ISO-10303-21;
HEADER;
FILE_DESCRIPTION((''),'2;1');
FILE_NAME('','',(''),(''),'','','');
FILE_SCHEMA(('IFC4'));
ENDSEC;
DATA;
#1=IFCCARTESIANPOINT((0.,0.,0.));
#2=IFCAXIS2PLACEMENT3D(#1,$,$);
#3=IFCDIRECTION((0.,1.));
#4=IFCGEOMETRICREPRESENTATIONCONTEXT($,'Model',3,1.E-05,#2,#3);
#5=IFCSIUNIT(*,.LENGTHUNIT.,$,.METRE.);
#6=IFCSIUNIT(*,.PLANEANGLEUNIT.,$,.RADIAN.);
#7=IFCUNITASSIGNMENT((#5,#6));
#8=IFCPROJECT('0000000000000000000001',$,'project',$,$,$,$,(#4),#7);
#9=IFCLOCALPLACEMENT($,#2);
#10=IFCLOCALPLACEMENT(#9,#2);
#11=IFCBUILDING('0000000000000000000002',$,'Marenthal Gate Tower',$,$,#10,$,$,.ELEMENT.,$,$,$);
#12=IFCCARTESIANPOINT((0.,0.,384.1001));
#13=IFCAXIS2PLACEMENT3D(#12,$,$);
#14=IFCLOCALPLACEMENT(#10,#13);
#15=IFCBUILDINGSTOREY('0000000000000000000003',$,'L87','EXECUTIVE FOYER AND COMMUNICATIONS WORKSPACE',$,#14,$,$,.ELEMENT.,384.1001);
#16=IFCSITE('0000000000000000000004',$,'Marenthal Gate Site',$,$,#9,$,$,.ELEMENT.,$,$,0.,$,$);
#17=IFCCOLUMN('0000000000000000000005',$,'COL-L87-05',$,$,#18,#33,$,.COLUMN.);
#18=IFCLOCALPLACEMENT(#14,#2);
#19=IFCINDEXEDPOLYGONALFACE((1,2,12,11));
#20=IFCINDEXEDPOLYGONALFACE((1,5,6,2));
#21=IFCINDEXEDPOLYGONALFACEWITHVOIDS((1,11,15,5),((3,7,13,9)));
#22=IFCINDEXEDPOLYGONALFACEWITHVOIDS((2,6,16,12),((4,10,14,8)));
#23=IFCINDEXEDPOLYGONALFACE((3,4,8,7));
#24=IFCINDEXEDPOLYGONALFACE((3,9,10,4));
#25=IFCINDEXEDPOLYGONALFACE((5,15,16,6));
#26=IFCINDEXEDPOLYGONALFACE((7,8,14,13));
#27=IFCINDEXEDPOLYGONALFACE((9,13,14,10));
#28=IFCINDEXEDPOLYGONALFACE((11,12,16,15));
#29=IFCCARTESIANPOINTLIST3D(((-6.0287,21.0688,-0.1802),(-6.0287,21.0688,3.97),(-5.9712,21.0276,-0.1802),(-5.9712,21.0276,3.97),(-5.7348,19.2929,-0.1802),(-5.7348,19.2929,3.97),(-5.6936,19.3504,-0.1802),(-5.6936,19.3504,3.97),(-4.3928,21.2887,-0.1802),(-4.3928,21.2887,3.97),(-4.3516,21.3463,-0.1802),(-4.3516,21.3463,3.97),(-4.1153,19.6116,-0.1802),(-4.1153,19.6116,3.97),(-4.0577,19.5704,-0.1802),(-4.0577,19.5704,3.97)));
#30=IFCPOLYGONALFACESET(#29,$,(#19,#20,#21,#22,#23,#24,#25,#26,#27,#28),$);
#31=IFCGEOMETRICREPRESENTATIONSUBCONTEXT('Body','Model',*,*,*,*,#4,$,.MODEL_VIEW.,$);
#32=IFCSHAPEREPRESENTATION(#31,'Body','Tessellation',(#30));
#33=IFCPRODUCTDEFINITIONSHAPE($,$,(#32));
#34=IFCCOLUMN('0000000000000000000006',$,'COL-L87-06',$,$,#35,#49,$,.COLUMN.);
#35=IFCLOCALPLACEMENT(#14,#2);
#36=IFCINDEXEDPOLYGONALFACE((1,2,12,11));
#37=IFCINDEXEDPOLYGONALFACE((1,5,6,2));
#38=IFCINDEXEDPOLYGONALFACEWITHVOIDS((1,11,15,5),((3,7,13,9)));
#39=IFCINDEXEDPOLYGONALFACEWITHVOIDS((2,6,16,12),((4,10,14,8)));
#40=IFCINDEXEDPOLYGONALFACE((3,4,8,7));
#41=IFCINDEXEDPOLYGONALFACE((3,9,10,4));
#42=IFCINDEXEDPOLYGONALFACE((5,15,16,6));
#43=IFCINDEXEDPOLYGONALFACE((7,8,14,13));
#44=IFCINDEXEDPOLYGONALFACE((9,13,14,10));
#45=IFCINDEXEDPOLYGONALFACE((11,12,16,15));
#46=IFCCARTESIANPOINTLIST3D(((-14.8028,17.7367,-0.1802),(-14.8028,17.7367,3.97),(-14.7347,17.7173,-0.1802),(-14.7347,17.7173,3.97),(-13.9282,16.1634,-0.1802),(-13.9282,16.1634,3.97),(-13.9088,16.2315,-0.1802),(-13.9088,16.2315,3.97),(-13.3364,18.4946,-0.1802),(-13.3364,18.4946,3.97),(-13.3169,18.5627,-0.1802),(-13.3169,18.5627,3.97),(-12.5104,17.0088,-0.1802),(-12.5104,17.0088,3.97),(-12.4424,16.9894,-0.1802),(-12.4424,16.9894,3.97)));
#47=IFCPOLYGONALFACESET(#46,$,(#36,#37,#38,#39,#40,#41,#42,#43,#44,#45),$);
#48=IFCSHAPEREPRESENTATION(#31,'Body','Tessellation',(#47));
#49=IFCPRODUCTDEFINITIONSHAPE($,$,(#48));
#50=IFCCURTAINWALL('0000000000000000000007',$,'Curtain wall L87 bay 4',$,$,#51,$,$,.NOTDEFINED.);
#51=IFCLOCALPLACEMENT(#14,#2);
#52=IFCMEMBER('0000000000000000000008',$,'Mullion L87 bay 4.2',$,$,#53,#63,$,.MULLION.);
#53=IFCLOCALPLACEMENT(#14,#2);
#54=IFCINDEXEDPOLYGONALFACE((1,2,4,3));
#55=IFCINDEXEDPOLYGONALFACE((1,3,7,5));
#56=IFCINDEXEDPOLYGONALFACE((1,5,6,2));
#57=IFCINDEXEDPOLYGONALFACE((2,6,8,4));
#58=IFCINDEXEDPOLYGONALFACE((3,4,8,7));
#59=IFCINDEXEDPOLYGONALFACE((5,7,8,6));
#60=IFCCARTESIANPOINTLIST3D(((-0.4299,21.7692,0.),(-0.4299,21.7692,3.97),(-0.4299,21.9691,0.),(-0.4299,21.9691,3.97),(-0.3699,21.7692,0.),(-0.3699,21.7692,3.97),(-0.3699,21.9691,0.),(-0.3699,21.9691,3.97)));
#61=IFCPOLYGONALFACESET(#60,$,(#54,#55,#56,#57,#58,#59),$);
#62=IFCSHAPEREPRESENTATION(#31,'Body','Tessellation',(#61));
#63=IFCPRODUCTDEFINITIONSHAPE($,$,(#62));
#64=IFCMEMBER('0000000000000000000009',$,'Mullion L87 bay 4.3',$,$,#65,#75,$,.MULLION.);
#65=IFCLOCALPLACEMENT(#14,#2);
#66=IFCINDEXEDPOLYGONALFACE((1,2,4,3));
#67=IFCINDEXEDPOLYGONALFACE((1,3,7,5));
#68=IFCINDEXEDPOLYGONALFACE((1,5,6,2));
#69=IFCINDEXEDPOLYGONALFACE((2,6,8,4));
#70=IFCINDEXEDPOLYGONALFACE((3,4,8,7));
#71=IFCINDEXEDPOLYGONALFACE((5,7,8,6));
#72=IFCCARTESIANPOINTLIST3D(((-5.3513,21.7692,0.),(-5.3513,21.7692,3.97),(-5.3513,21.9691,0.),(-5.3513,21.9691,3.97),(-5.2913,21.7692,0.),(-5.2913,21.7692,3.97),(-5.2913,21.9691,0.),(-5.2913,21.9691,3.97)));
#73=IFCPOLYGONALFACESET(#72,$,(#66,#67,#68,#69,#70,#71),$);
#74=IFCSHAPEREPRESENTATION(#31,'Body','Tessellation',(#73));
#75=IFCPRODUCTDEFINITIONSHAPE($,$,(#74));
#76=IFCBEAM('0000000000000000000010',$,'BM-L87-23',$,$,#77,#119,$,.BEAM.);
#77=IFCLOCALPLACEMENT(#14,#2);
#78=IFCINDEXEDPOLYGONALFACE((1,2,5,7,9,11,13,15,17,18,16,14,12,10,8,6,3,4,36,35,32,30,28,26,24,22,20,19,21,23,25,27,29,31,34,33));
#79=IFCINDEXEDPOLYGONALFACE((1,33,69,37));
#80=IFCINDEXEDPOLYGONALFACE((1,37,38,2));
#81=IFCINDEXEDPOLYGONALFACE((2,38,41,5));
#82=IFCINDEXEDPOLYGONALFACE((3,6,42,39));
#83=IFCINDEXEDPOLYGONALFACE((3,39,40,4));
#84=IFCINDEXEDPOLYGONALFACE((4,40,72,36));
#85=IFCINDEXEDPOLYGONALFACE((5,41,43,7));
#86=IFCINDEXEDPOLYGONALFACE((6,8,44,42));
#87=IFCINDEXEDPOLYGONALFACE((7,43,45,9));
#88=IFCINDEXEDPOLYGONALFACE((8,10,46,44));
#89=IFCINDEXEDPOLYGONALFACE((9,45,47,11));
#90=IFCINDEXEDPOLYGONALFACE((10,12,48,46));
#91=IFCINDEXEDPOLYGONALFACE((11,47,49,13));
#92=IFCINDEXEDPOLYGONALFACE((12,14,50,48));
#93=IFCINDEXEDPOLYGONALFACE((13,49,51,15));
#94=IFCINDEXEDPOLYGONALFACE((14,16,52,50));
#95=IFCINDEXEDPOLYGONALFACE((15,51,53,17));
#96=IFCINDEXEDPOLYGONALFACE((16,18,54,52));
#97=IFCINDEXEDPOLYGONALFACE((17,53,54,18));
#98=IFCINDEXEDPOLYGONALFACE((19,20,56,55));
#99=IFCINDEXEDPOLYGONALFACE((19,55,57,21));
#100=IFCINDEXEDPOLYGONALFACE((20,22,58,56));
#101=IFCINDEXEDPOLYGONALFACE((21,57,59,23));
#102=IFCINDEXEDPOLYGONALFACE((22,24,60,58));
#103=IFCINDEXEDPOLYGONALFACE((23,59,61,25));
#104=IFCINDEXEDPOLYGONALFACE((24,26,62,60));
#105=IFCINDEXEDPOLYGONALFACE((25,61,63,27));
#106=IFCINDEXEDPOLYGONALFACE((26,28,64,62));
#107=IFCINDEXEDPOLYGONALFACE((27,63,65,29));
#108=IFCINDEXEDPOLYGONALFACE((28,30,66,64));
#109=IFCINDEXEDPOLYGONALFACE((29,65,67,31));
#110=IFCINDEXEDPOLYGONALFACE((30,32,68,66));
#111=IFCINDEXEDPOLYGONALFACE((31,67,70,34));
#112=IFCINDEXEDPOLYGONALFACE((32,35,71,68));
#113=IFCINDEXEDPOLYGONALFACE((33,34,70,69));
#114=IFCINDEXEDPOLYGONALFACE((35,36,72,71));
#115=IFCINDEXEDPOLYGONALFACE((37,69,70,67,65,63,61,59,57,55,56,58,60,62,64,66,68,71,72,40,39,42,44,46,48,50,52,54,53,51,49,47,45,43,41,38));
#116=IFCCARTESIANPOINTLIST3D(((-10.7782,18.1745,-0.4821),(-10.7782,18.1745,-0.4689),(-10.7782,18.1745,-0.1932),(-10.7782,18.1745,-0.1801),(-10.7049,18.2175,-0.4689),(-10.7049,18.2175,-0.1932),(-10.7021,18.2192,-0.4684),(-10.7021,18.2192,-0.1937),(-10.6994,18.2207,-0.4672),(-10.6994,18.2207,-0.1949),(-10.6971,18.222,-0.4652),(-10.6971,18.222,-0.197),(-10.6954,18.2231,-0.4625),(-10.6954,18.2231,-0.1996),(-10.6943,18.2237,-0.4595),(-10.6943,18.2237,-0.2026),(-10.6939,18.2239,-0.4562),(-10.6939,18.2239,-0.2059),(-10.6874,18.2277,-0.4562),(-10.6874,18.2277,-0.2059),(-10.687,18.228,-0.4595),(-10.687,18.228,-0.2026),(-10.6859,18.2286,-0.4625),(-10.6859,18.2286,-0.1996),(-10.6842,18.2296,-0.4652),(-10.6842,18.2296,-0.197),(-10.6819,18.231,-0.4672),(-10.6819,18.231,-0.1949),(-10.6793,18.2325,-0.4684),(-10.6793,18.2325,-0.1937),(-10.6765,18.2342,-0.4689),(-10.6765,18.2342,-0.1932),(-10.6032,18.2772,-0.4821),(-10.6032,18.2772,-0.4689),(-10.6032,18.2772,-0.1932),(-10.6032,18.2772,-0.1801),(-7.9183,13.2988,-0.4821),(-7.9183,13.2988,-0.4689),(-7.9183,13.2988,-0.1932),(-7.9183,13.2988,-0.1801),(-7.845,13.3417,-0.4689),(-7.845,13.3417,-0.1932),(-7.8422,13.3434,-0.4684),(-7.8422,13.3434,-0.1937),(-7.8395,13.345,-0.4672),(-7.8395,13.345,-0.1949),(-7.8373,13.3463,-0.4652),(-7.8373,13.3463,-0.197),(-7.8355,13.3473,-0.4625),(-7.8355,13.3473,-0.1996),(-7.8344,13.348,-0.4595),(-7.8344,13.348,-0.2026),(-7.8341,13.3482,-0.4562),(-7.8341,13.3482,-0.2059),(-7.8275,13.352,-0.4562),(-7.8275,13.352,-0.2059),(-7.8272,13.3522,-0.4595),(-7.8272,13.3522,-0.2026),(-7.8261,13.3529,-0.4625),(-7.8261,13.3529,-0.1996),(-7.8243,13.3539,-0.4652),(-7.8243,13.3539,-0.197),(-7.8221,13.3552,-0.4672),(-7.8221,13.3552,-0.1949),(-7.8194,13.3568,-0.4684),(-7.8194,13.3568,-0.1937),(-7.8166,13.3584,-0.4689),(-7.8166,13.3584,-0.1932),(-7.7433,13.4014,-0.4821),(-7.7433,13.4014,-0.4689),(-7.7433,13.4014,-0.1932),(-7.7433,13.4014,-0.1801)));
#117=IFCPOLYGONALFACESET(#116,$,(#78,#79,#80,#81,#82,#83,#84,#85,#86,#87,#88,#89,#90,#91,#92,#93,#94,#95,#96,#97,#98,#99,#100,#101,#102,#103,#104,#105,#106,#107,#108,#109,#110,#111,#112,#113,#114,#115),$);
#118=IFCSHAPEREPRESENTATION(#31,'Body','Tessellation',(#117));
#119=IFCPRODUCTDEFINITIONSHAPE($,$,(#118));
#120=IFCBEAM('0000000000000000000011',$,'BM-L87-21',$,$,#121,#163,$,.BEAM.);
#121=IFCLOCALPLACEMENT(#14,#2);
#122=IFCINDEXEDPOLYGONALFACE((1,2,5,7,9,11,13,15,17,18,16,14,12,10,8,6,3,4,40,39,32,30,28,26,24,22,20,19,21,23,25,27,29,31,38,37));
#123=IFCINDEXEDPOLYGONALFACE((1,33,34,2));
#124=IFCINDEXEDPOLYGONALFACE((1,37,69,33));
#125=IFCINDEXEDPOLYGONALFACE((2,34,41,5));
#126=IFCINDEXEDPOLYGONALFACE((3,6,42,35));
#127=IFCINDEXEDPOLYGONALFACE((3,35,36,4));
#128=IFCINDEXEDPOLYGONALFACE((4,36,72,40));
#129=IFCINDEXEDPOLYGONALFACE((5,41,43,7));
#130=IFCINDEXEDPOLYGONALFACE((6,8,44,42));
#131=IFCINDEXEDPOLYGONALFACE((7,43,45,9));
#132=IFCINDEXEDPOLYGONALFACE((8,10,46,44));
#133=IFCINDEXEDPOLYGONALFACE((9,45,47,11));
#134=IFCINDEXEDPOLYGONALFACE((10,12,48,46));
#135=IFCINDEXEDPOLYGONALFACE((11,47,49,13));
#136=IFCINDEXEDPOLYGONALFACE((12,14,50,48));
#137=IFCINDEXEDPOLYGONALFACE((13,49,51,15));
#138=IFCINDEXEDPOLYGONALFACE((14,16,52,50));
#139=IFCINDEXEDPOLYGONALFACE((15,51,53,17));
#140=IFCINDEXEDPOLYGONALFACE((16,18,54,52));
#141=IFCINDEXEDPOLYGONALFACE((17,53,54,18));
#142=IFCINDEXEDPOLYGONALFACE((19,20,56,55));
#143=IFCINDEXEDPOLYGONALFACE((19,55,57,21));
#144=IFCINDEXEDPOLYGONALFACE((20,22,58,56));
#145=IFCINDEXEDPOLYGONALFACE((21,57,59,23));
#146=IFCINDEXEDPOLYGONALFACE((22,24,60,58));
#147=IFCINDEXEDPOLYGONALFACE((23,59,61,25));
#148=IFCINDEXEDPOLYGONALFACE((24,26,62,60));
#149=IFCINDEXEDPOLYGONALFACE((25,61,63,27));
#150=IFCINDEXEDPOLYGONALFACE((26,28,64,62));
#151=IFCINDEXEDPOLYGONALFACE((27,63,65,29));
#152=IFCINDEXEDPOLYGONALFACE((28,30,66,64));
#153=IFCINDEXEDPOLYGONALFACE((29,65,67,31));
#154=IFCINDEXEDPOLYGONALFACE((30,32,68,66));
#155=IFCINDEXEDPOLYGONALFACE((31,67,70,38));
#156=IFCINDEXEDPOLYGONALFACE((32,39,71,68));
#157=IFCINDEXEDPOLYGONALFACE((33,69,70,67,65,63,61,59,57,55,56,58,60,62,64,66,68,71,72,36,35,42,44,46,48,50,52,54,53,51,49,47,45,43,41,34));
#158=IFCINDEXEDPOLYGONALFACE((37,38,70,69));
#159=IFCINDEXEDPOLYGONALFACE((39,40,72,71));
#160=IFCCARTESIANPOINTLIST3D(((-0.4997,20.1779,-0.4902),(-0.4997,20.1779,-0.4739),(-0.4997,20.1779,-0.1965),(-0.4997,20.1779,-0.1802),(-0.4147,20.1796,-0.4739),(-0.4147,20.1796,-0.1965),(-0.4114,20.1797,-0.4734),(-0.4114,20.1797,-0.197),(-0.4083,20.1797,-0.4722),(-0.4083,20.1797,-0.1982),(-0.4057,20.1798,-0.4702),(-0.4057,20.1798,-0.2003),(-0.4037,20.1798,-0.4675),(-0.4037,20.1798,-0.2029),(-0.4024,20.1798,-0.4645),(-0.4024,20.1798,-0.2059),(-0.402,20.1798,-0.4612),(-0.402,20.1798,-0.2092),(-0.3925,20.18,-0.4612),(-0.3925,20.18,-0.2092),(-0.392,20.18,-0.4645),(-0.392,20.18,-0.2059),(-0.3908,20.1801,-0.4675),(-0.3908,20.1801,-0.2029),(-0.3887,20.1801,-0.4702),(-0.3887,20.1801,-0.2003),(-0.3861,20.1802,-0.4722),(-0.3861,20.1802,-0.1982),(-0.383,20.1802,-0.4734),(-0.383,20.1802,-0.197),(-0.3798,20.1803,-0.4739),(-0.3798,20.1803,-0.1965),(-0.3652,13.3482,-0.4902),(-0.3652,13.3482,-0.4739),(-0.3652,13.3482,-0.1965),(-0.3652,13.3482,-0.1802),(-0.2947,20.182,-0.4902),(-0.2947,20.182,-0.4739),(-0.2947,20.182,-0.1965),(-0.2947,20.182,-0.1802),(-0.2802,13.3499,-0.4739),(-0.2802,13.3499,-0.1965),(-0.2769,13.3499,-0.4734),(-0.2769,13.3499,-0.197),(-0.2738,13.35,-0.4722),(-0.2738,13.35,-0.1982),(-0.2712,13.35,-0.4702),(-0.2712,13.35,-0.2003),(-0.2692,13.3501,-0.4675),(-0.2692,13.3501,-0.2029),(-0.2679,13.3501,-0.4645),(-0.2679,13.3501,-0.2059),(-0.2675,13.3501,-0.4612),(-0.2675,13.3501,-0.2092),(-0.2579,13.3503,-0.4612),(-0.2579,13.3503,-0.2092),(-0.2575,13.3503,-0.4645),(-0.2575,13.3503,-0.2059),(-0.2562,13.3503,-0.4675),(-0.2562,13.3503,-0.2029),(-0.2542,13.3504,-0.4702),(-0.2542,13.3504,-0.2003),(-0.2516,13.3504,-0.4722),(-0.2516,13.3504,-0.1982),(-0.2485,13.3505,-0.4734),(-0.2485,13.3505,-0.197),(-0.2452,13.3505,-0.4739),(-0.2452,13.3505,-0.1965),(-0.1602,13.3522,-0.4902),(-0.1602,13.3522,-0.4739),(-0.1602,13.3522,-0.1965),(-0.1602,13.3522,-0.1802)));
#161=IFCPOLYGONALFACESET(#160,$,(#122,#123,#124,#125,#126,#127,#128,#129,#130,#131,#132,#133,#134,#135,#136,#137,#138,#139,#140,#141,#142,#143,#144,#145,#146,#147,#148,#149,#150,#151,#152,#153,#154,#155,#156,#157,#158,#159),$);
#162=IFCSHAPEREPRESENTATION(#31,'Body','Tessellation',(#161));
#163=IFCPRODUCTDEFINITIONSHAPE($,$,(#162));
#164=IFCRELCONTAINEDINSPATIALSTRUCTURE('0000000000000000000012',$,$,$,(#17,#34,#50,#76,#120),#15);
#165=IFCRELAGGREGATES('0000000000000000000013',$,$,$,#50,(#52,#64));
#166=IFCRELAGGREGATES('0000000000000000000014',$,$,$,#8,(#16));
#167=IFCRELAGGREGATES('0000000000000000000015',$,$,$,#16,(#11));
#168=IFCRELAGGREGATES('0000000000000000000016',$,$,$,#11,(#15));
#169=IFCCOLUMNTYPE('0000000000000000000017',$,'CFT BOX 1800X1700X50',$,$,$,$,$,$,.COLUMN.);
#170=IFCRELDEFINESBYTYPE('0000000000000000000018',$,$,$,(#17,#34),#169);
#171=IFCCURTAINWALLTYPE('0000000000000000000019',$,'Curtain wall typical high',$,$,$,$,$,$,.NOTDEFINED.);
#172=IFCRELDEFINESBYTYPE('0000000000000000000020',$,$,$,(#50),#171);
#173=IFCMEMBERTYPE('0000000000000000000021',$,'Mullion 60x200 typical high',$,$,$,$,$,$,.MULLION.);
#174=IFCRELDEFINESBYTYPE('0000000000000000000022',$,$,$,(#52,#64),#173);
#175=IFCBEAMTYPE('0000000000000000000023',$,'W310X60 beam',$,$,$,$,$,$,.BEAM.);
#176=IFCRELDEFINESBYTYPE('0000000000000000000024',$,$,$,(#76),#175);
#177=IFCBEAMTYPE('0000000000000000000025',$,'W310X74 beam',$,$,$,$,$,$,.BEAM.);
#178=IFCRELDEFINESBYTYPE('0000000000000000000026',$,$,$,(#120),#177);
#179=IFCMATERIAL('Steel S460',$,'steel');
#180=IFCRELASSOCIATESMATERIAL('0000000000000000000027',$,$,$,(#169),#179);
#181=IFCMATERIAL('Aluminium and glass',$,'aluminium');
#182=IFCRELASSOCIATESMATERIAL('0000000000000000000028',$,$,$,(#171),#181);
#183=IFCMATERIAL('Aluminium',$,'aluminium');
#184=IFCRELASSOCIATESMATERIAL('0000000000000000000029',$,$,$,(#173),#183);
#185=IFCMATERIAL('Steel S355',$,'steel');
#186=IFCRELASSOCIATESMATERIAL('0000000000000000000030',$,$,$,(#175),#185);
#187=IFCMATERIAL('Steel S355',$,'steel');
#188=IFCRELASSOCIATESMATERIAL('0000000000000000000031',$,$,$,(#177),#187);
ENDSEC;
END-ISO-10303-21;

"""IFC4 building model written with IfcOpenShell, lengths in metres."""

from ifc_helpers import new_model, si_unit, direction, frame, origin, origin_2d, place, context, subcontext, project, spatial, rectangle, hollow_rectangle, i_section, extrude, material, material_profile, profile_set, type_object, element, aggregate, save


model = new_model("IFC4")

# Units and contexts
model_context = context("Model", 3, precision=1e-05, world=origin(), true_north=direction((0.0, 1.0)))
body_context = subcontext(model_context, "Body", "Model", "MODEL_VIEW")
ifc_project = project(units=[si_unit("LENGTHUNIT", "METRE"), si_unit("PLANEANGLEUNIT", "RADIAN")], contexts=[model_context])

# Site, building, storey
site_placement = place(None, origin())
site = spatial("IfcSite", under=ifc_project, at=site_placement, Name="Marenthal Gate Site", CompositionType="ELEMENT", RefElevation=0.0)
building_placement = place(site_placement, origin())
building = spatial("IfcBuilding", under=site, at=building_placement, Name="Marenthal Gate Tower", CompositionType="ELEMENT")
storey_placement = place(building_placement, frame((0.0, 0.0, 384.1001)))
storey = spatial("IfcBuildingStorey", under=building, at=storey_placement, Name="L87", Description="EXECUTIVE FOYER AND COMMUNICATIONS WORKSPACE", CompositionType="ELEMENT", Elevation=384.1001)

# Columns
ifc_material_1 = material(Name="Steel S460", Category="steel")
ifc_material_profile_1 = material_profile(ifc_material_1, hollow_rectangle(XDim=1.7, YDim=1.8, WallThickness=0.05, at=origin_2d()), Name="CFT BOX 1800X1700X50")
ifc_material_2 = material(Name="Concrete 70 MPa", Category="concrete")
ifc_material_profile_2 = material_profile(ifc_material_2, rectangle(XDim=1.6001, YDim=1.7, at=origin_2d()), Name="CFT BOX 1800X1700X50 INFILL")
ifc_profile_set_1 = profile_set([ifc_material_profile_1, ifc_material_profile_2], Name="Steel S460 shell, Concrete 70 MPa infill")
column_type = type_object("IfcColumnType", Name="CFT BOX 1800X1700X50", PredefinedType="COLUMN", material=ifc_profile_set_1)
for number, where, z_axis, x_axis, name in (
    (1, (-5.0432, 20.3196, -0.1802), (0.0, 0.0, 1.0), (0.986583, 0.163262, 0.0), "COL-L87-05"),
    (2, (-13.6226, 17.363, -0.1802), (0.0, 0.0, 1.0), (0.874037, 0.48586, 0.0), "COL-L87-06"),
):
    element("IfcColumn", number, at=place(storey_placement, frame(where, z_axis=z_axis, x_axis=x_axis)), inside=storey, type_object=column_type, Name=name, PredefinedType="COLUMN", context=body_context, shape_type="SweptSolid", body=[
        extrude(hollow_rectangle(XDim=1.7, YDim=1.8, WallThickness=0.05, at=origin_2d()), origin(), (0.0, 0.0, 1.0), 4.1501),
    ])

# Curtain wall, members
ifc_material_3 = material(Name="Aluminium and glass", Category="aluminium")
curtain_wall_type = type_object("IfcCurtainWallType", Name="Curtain wall typical high", PredefinedType="NOTDEFINED", material=ifc_material_3)
curtain_wall_placement = place(storey_placement, origin())
curtain_wall = element("IfcCurtainWall", 3, at=curtain_wall_placement, inside=storey, type_object=curtain_wall_type, Name="Curtain wall L87 bay 4", PredefinedType="NOTDEFINED")
ifc_material_4 = material(Name="Aluminium", Category="aluminium")
ifc_material_profile_3 = material_profile(ifc_material_4, rectangle(XDim=0.2, YDim=0.0601, at=origin_2d()), Name="60x200 aluminium mullion")
ifc_profile_set_2 = profile_set([ifc_material_profile_3], Name="Aluminium")
member_type = type_object("IfcMemberType", Name="Mullion 60x200 typical high", PredefinedType="MULLION", material=ifc_profile_set_2)
member_1_placement = place(storey_placement, frame((-0.3999, 21.8691, 0.0), z_axis=(0.0, 0.0, 1.0), x_axis=(0.0, -1.0, 0.0)))
member_1 = element("IfcMember", 4, at=member_1_placement, type_object=member_type, Name="Mullion L87 bay 4.2", PredefinedType="MULLION", context=body_context, shape_type="SweptSolid", body=[
    extrude(rectangle(XDim=0.2, YDim=0.0601, at=origin_2d()), origin(), (0.0, 0.0, 1.0), 3.97),
])
member_2_placement = place(storey_placement, frame((-5.3213, 21.8691, 0.0), z_axis=(0.0, 0.0, 1.0), x_axis=(0.0, -1.0, 0.0)))
member_2 = element("IfcMember", 5, at=member_2_placement, type_object=member_type, Name="Mullion L87 bay 4.3", PredefinedType="MULLION", context=body_context, shape_type="SweptSolid", body=[
    extrude(rectangle(XDim=0.2, YDim=0.0601, at=origin_2d()), origin(), (0.0, 0.0, 1.0), 3.97),
])

# Beams
ifc_material_5 = material(Name="Steel S355", Category="steel")
ifc_material_profile_4 = material_profile(ifc_material_5, i_section(OverallWidth=0.2029, OverallDepth=0.302, WebThickness=0.0076, FlangeThickness=0.0132, FilletRadius=0.0127, at=origin_2d()), Name="W310X60")
ifc_profile_set_3 = profile_set([ifc_material_profile_4], Name="Steel S355")
beam_type_1 = type_object("IfcBeamType", Name="W310X60 beam", PredefinedType="BEAM", material=ifc_profile_set_3)
beam_1_placement = place(storey_placement, frame((-10.6907, 18.2258, -0.3311), z_axis=(0.50594, -0.862569, 0.0), x_axis=(0.862569, 0.50594, 0.0)))
element("IfcBeam", 6, at=beam_1_placement, inside=storey, type_object=beam_type_1, Name="BM-L87-23", PredefinedType="BEAM", context=body_context, shape_type="SweptSolid", body=[
    extrude(i_section(OverallWidth=0.2029, OverallDepth=0.302, WebThickness=0.0076, FlangeThickness=0.0132, FilletRadius=0.0127, at=origin_2d()), origin(), (0.0, 0.0, 1.0), 5.6526),
])
ifc_material_6 = material(Name="Steel S355", Category="steel")
ifc_material_profile_5 = material_profile(ifc_material_6, i_section(OverallWidth=0.2051, OverallDepth=0.3101, WebThickness=0.0095, FlangeThickness=0.0164, FilletRadius=0.0127, at=origin_2d()), Name="W310X74")
ifc_profile_set_4 = profile_set([ifc_material_profile_5], Name="Steel S355")
beam_type_2 = type_object("IfcBeamType", Name="W310X74 beam", PredefinedType="BEAM", material=ifc_profile_set_4)
beam_2_placement = place(storey_placement, frame((-0.3972, 20.1799, -0.3352), z_axis=(0.019692, -0.999806, 0.0), x_axis=(0.999806, 0.019692, 0.0)))
element("IfcBeam", 7, at=beam_2_placement, inside=storey, type_object=beam_type_2, Name="BM-L87-21", PredefinedType="BEAM", context=body_context, shape_type="SweptSolid", body=[
    extrude(i_section(OverallWidth=0.2051, OverallDepth=0.3101, WebThickness=0.0095, FlangeThickness=0.0164, FilletRadius=0.0127, at=origin_2d()), origin(), (0.0, 0.0, 1.0), 6.8311),
])

aggregate(curtain_wall, [member_1, member_2])

save(model, "model.ifc")
